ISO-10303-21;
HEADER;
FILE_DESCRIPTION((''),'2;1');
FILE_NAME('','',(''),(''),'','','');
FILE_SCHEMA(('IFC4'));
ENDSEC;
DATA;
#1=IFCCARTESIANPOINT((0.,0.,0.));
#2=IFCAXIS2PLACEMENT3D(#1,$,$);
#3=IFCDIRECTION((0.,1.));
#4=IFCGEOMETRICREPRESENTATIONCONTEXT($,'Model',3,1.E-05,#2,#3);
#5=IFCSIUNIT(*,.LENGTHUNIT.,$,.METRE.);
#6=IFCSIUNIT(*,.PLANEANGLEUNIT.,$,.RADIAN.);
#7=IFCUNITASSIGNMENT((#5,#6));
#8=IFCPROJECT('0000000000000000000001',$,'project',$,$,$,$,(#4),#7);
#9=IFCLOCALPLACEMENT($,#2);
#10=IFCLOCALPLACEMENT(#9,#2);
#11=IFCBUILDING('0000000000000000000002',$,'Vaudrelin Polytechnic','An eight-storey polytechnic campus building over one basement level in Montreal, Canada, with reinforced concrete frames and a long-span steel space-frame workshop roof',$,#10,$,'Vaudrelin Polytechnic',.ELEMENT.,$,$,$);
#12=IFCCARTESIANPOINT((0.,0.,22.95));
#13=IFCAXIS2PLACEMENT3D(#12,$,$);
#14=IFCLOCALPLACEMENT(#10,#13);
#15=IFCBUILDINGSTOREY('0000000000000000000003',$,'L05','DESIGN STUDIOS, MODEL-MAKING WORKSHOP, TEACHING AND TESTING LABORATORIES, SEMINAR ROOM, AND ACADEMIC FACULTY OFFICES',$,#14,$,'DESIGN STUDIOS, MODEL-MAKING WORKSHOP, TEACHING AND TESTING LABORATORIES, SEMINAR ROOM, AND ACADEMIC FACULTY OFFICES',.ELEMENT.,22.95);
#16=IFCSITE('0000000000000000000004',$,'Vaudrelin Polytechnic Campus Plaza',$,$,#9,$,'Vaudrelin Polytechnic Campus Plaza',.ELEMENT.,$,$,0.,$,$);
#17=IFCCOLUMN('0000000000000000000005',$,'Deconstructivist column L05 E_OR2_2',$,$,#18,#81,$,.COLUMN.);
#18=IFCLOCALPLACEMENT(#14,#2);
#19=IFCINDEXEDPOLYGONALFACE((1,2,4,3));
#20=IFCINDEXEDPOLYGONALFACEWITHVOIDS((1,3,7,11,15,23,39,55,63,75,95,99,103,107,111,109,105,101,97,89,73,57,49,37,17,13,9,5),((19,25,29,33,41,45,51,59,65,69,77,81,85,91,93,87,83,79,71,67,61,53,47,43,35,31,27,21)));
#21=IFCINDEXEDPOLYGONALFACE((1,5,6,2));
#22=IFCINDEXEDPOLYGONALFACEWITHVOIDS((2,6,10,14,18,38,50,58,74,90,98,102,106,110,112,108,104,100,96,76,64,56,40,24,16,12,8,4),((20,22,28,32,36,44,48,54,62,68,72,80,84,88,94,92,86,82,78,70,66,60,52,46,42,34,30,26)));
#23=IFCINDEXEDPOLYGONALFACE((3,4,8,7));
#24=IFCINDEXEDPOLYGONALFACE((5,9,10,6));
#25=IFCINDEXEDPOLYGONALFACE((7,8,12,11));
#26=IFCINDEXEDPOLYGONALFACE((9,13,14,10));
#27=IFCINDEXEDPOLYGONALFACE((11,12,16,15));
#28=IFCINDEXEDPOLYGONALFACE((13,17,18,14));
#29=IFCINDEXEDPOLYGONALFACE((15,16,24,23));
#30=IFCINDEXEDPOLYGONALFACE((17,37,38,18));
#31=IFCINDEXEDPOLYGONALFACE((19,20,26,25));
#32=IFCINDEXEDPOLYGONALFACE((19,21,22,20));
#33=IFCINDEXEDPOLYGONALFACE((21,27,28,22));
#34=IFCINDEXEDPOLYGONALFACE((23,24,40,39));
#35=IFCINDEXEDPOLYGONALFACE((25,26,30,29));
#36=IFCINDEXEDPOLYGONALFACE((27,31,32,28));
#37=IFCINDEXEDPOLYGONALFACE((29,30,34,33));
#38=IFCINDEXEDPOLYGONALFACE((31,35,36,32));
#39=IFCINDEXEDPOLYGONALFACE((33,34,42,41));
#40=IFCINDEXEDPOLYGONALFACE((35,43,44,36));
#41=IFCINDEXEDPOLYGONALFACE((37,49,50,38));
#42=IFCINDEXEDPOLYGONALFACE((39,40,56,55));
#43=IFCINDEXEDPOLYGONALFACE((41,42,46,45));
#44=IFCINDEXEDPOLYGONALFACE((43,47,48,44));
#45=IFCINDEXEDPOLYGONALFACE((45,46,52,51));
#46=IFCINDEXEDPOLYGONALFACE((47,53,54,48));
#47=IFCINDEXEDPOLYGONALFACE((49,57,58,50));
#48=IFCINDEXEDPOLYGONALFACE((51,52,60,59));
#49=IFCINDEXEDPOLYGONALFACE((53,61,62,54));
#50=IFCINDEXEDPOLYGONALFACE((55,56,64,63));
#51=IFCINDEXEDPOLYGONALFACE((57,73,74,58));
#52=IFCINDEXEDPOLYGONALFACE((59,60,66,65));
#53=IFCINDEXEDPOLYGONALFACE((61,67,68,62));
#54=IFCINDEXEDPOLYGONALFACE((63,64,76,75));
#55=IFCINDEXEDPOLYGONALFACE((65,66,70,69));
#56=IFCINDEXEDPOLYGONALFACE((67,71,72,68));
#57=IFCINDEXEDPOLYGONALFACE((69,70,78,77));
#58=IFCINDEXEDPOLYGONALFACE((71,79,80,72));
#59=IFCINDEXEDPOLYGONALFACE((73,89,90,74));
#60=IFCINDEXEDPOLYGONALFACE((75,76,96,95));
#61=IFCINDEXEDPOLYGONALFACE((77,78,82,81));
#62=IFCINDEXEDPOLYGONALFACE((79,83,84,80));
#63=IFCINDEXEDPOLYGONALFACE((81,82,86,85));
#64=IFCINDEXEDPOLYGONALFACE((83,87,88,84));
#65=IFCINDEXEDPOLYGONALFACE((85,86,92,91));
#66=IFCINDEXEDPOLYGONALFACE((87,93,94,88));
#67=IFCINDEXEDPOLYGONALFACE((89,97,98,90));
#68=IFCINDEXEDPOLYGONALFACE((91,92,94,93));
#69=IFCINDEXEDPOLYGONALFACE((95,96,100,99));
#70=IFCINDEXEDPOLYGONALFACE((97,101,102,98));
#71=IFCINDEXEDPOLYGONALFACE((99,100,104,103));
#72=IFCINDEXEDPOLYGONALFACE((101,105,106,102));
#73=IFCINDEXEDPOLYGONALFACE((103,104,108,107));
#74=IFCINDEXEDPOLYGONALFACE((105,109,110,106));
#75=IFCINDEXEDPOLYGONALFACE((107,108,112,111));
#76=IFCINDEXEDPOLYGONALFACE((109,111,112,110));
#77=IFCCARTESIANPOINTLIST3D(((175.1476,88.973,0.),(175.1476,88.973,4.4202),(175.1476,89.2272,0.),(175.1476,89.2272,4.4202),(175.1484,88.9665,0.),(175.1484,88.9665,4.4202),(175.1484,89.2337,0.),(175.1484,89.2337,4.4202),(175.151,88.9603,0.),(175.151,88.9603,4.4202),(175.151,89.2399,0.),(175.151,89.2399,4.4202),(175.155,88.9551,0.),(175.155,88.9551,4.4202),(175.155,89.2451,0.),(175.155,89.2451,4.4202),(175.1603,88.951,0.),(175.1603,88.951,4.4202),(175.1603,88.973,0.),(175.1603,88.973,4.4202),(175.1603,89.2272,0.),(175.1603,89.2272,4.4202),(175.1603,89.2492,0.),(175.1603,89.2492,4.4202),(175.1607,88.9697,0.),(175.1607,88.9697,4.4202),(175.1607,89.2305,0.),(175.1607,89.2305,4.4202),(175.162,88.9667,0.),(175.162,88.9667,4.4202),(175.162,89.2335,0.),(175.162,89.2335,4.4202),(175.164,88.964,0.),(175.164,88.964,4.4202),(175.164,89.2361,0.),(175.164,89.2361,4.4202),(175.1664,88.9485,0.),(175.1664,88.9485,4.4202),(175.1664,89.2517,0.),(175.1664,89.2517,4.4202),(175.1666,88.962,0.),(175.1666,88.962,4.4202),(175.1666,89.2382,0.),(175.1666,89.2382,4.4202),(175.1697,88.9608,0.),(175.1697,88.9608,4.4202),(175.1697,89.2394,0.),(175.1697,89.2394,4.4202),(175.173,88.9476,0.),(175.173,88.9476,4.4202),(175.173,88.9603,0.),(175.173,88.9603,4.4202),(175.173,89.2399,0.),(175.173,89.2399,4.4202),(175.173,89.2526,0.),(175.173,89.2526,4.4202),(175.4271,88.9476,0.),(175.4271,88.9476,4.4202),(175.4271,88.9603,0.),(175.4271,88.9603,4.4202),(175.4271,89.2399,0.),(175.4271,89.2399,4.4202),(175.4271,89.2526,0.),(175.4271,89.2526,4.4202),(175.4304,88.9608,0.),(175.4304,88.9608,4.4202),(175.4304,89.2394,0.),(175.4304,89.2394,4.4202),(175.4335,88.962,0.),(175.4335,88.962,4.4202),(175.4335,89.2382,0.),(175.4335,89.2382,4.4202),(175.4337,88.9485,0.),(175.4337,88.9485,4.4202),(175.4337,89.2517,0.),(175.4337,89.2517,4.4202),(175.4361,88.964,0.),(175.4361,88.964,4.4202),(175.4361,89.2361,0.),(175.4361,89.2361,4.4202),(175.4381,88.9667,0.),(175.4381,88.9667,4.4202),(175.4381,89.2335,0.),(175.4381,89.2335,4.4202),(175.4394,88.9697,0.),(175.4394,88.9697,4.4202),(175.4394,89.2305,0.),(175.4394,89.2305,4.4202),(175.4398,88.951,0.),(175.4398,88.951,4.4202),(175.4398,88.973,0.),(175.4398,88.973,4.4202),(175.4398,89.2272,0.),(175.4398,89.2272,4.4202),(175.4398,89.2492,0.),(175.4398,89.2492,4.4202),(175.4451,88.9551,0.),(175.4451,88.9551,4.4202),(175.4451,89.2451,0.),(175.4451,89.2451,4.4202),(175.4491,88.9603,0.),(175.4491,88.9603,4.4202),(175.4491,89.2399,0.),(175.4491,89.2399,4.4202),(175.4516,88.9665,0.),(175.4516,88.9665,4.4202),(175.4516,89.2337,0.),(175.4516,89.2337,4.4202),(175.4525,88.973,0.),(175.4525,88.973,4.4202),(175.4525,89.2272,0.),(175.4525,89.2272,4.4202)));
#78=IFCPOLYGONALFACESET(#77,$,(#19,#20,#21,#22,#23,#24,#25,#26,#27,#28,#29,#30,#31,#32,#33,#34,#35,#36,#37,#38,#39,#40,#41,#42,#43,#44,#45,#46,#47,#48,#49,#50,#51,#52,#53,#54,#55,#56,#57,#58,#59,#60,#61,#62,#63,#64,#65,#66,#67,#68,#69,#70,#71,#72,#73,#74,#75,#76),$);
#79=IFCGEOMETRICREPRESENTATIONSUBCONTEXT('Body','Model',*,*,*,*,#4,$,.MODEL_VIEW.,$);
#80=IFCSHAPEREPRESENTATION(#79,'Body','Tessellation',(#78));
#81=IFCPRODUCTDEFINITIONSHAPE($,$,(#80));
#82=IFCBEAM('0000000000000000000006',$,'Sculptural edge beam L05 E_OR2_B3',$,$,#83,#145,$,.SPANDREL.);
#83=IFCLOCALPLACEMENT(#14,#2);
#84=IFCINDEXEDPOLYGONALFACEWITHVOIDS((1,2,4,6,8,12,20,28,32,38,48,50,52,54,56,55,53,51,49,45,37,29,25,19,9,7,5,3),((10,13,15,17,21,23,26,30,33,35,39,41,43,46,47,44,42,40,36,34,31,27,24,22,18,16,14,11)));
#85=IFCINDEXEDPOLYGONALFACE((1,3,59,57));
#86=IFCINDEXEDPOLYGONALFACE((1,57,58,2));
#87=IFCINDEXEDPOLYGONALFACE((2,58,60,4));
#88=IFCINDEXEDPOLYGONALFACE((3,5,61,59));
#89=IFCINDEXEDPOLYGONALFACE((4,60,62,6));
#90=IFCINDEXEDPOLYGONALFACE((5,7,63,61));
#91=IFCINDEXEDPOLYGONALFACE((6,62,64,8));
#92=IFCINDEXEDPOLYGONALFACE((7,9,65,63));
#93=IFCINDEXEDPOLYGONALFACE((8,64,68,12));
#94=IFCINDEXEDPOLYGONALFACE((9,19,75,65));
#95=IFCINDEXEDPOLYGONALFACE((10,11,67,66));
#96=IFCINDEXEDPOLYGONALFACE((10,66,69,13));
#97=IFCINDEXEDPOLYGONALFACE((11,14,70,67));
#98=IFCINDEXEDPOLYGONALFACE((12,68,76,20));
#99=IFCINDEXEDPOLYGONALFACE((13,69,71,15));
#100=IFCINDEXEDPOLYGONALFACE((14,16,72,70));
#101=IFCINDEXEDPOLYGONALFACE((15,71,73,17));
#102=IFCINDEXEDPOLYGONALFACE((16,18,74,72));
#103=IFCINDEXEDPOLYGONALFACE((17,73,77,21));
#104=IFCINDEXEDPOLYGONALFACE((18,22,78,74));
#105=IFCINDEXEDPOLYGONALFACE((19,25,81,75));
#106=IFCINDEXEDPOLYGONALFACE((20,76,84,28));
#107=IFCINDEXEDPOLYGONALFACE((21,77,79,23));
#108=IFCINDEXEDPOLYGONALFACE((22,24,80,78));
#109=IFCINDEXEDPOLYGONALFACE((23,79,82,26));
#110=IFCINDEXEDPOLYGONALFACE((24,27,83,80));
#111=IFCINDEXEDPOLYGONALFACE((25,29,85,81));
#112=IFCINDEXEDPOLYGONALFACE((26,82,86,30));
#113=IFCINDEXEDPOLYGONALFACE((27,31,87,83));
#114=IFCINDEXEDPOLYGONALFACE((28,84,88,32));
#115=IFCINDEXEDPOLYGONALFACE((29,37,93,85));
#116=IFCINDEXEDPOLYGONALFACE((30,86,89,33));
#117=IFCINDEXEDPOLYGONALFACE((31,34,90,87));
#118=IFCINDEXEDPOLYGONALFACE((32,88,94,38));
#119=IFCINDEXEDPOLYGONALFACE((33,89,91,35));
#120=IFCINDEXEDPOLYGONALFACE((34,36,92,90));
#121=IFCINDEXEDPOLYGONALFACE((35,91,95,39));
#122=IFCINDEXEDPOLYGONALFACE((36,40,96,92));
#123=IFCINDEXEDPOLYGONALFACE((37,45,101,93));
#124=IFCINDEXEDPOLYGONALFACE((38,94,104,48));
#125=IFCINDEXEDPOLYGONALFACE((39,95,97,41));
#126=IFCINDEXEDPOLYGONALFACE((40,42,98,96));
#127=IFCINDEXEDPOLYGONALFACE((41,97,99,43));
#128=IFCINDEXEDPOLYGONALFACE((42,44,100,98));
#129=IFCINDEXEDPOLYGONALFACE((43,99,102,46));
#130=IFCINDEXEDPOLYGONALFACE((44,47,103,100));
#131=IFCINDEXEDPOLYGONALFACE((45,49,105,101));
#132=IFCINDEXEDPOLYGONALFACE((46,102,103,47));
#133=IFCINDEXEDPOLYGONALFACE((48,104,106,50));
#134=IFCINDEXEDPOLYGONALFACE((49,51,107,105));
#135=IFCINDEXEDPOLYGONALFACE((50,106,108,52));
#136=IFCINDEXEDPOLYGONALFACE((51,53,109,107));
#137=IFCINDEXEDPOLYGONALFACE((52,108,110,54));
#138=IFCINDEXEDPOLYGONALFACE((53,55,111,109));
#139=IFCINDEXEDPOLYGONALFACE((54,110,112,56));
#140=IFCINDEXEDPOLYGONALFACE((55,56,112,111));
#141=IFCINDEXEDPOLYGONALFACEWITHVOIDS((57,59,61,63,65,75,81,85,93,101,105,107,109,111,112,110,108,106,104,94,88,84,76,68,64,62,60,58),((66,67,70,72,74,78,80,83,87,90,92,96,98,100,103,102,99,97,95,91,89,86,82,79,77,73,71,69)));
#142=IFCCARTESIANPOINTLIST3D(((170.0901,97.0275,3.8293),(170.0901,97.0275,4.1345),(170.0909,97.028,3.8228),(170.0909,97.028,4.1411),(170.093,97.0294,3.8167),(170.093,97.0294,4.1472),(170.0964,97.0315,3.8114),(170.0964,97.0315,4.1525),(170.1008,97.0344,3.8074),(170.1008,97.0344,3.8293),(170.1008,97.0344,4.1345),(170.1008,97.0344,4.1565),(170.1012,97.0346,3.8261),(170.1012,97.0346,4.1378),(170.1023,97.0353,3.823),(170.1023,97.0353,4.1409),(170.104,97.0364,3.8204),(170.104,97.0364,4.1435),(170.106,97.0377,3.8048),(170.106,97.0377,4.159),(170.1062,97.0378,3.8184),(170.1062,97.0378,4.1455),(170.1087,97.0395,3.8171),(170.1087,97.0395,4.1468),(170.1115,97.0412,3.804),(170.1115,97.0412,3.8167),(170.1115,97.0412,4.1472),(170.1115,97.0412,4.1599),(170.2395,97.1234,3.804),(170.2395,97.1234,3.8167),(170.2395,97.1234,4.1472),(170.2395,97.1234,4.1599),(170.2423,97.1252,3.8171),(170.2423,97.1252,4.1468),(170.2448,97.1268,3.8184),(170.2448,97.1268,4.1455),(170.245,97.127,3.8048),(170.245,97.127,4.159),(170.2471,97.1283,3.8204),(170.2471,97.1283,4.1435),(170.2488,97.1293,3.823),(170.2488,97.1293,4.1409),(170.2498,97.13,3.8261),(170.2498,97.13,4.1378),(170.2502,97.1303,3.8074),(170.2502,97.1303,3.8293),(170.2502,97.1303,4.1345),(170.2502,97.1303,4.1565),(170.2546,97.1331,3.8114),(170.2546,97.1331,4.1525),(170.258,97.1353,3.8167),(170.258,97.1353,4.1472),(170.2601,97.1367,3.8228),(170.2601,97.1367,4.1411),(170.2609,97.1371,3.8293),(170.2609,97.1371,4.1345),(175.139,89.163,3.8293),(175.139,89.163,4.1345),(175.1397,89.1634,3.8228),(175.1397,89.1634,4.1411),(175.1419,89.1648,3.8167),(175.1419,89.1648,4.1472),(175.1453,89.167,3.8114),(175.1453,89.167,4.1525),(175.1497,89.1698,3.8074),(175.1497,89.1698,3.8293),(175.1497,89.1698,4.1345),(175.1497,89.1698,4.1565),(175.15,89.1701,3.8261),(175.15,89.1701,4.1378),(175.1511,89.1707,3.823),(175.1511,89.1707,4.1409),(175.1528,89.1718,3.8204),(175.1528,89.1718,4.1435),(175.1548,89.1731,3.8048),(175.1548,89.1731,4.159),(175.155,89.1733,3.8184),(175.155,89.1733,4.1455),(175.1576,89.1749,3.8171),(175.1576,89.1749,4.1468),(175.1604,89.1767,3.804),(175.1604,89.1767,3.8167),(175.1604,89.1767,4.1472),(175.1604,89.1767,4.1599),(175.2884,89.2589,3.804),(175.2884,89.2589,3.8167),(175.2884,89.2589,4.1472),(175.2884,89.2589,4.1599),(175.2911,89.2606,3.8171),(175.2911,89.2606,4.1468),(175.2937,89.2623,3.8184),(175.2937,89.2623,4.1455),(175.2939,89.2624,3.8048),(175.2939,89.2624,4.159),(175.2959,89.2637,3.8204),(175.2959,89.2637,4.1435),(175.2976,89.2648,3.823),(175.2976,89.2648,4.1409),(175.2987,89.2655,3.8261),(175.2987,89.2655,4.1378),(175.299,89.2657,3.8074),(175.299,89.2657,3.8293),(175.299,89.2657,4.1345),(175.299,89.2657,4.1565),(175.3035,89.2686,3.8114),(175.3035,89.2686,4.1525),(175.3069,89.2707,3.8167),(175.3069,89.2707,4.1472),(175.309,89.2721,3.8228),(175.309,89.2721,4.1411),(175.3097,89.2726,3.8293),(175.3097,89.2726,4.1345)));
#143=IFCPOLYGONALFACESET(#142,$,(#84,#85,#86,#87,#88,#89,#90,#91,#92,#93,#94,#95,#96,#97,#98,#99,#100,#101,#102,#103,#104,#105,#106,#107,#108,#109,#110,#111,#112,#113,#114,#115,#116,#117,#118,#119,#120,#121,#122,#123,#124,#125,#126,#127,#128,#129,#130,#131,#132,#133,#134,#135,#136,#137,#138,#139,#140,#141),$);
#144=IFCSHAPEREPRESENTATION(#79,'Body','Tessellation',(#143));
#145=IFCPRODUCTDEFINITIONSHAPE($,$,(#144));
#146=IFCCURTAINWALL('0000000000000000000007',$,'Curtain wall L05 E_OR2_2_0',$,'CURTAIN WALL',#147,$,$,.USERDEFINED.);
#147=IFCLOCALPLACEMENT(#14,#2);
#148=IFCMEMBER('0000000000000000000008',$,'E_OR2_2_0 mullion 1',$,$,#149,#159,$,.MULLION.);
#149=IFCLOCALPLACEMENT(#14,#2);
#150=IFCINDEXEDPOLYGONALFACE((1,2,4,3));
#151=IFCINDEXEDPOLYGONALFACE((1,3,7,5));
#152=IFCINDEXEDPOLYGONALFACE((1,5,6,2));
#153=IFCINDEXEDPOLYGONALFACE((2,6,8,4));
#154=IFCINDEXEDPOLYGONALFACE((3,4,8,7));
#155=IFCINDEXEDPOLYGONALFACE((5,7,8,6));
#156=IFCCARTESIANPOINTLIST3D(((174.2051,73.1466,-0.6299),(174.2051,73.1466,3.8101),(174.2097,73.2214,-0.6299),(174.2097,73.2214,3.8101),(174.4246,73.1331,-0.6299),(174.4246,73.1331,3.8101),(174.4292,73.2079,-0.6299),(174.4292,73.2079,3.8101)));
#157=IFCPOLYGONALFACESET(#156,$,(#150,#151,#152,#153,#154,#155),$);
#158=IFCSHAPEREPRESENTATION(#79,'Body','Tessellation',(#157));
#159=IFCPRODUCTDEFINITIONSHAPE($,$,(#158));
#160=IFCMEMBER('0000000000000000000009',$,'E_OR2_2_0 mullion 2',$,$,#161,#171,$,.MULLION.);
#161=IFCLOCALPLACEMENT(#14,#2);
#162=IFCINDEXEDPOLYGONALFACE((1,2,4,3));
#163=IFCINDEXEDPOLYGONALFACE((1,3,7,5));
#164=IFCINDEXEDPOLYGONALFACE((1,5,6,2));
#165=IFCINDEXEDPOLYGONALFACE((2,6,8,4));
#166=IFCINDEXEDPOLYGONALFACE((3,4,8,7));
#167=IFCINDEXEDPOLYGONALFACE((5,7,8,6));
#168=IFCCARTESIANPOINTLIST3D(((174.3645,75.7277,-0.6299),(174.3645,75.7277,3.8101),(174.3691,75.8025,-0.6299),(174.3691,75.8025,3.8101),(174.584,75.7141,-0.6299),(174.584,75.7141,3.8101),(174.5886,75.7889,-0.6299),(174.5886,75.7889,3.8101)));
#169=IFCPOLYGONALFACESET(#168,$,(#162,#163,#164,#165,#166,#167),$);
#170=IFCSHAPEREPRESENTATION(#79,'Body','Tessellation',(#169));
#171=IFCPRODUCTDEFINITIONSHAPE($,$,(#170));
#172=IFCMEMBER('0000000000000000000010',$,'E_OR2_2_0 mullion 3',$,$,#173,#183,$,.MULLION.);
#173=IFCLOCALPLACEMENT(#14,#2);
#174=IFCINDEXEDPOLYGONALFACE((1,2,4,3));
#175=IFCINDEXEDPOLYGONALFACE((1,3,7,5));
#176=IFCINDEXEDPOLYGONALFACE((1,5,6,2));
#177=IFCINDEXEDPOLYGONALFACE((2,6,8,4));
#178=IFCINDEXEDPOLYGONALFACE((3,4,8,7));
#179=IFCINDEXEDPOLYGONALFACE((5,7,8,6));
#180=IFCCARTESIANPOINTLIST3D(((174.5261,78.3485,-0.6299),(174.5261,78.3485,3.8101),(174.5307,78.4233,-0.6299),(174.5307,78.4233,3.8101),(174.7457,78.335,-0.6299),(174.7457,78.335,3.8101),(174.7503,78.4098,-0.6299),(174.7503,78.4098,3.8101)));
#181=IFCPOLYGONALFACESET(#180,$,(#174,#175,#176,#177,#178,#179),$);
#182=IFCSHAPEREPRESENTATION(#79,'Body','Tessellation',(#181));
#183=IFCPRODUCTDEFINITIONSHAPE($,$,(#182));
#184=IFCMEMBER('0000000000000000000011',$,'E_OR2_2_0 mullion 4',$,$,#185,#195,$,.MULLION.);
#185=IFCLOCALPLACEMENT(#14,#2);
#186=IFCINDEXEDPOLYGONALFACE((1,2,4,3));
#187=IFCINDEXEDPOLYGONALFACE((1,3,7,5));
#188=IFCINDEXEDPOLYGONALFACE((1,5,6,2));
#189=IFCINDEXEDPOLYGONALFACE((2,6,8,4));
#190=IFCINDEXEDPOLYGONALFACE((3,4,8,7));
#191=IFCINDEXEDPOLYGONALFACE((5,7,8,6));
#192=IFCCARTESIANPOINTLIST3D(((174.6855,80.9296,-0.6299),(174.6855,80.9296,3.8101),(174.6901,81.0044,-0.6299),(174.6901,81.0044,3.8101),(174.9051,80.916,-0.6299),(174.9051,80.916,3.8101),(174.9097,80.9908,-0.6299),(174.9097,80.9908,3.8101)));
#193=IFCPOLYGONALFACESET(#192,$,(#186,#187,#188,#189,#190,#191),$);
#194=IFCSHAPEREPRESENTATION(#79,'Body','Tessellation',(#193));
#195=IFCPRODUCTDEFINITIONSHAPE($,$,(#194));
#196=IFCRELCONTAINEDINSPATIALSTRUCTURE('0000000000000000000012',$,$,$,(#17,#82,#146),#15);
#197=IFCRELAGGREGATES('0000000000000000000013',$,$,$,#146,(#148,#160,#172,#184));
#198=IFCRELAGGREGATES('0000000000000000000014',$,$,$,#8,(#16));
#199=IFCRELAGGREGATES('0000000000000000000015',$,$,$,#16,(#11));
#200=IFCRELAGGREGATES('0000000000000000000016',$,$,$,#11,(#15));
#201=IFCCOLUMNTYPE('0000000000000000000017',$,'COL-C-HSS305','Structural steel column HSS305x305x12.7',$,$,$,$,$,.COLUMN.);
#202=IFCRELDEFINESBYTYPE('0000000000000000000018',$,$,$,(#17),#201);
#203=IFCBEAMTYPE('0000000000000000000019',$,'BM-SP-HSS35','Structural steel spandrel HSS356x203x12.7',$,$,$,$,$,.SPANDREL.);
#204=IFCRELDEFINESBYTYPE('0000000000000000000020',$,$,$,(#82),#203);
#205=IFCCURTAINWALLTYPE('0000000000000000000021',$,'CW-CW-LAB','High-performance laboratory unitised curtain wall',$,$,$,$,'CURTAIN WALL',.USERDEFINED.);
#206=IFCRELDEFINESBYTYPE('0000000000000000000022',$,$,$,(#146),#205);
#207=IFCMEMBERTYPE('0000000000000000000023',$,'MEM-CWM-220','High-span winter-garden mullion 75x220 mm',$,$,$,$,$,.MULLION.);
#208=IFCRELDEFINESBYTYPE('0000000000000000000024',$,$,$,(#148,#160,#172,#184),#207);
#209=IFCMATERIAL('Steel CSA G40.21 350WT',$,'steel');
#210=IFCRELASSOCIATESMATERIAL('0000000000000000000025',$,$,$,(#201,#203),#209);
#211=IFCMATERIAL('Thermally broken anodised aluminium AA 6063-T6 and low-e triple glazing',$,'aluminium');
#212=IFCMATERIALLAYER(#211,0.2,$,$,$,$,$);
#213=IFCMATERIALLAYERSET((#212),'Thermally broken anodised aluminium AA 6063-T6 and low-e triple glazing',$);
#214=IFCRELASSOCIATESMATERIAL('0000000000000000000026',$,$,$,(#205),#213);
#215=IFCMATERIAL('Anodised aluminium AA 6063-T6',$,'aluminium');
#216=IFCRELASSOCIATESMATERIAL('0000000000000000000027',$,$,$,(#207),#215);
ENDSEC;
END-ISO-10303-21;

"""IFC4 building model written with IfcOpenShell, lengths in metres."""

from ifc_helpers import new_model, si_unit, direction, frame, origin, origin_2d, place, context, subcontext, project, spatial, rectangle, hollow_rectangle, extrude, material, layer, layer_set, material_profile, profile_set, type_object, element, aggregate, save


model = new_model("IFC4")

# Units and contexts
model_context = context("Model", 3, precision=1e-05, world=origin(), true_north=direction((0.0, 1.0)))
body_context = subcontext(model_context, "Body", "Model", "MODEL_VIEW")
ifc_project = project(units=[si_unit("LENGTHUNIT", "METRE"), si_unit("PLANEANGLEUNIT", "RADIAN")], contexts=[model_context])

# Site, building, storey
site_placement = place(None, origin())
site = spatial("IfcSite", under=ifc_project, at=site_placement, Name="Vaudrelin Polytechnic Campus Plaza", LongName="Vaudrelin Polytechnic Campus Plaza", CompositionType="ELEMENT", RefElevation=0.0)
building_placement = place(site_placement, origin())
building = spatial("IfcBuilding", under=site, at=building_placement, Name="Vaudrelin Polytechnic", Description="An eight-storey polytechnic campus building over one basement level in Montreal, Canada, with reinforced concrete frames and a long-span steel space-frame workshop roof", LongName="Vaudrelin Polytechnic", CompositionType="ELEMENT")
storey_placement = place(building_placement, frame((0.0, 0.0, 22.95)))
storey = spatial("IfcBuildingStorey", under=building, at=storey_placement, Name="L05", Description="DESIGN STUDIOS, MODEL-MAKING WORKSHOP, TEACHING AND TESTING LABORATORIES, SEMINAR ROOM, AND ACADEMIC FACULTY OFFICES", LongName="DESIGN STUDIOS, MODEL-MAKING WORKSHOP, TEACHING AND TESTING LABORATORIES, SEMINAR ROOM, AND ACADEMIC FACULTY OFFICES", CompositionType="ELEMENT", Elevation=22.95)

# Column
ifc_material_1 = material(Name="Steel CSA G40.21 350WT", Category="steel")
ifc_material_profile_1 = material_profile(ifc_material_1, hollow_rectangle(XDim=0.3049, YDim=0.3049, WallThickness=0.0127, InnerFilletRadius=0.0127, OuterFilletRadius=0.0254, at=origin_2d()), Name="HSS305x305x12.7")
ifc_profile_set_1 = profile_set([ifc_material_profile_1], Name="Steel CSA G40.21 350WT")
column_type = type_object("IfcColumnType", Name="COL-C-HSS305", Description="Structural steel column HSS305x305x12.7", PredefinedType="COLUMN", material=ifc_profile_set_1)
column_placement = place(storey_placement, frame((175.3, 89.1001, 0.0), z_axis=(0.0, 0.0, 1.0), x_axis=(1.0, 0.0, 0.0)))
element("IfcColumn", 1, at=column_placement, inside=storey, type_object=column_type, Name="Deconstructivist column L05 E_OR2_2", PredefinedType="COLUMN", context=body_context, shape_type="SweptSolid", body=[
    extrude(hollow_rectangle(XDim=0.3049, YDim=0.3049, WallThickness=0.0127, InnerFilletRadius=0.0127, OuterFilletRadius=0.0254, at=origin_2d()), origin(), (0.0, 0.0, 1.0), 4.4202),
])

# Beam
ifc_material_profile_2 = material_profile(ifc_material_1, hollow_rectangle(XDim=0.2029, YDim=0.356, WallThickness=0.0127, InnerFilletRadius=0.0127, OuterFilletRadius=0.0254, at=origin_2d()), Name="HSS356x203x12.7")
ifc_profile_set_2 = profile_set([ifc_material_profile_2], Name="Steel CSA G40.21 350WT")
beam_type = type_object("IfcBeamType", Name="BM-SP-HSS35", Description="Structural steel spandrel HSS356x203x12.7", PredefinedType="SPANDREL", material=ifc_profile_set_2)
beam_placement = place(storey_placement, frame((175.2244, 89.2178, 3.9819), z_axis=(-0.540233, 0.841515, 0.0), x_axis=(-0.841515, -0.540233, 0.0)))
element("IfcBeam", 2, at=beam_placement, inside=storey, type_object=beam_type, Name="Sculptural edge beam L05 E_OR2_B3", PredefinedType="SPANDREL", context=body_context, shape_type="SweptSolid", body=[
    extrude(hollow_rectangle(XDim=0.2029, YDim=0.356, WallThickness=0.0127, InnerFilletRadius=0.0127, OuterFilletRadius=0.0254, at=origin_2d()), origin(), (0.0, 0.0, 1.0), 9.3457),
])

# Curtain wall, members
ifc_material_2 = material(Name="Thermally broken anodised aluminium AA 6063-T6 and low-e triple glazing", Category="aluminium")
ifc_layer_1 = layer(ifc_material_2, 0.2)
ifc_layer_set_1 = layer_set([ifc_layer_1], Name="Thermally broken anodised aluminium AA 6063-T6 and low-e triple glazing")
curtain_wall_type = type_object("IfcCurtainWallType", Name="CW-CW-LAB", Description="High-performance laboratory unitised curtain wall", ElementType="CURTAIN WALL", PredefinedType="USERDEFINED", material=ifc_layer_set_1)
curtain_wall_1_placement = place(storey_placement, origin())
curtain_wall_1 = element("IfcCurtainWall", 3, at=curtain_wall_1_placement, inside=storey, type_object=curtain_wall_type, Name="Curtain wall L05 E_OR2_2_0", ObjectType="CURTAIN WALL", PredefinedType="USERDEFINED")
ifc_material_3 = material(Name="Anodised aluminium AA 6063-T6", Category="aluminium")
ifc_material_profile_3 = material_profile(ifc_material_3, rectangle(XDim=0.075, YDim=0.22, at=origin_2d()), Name="CWM-75x220")
ifc_profile_set_3 = profile_set([ifc_material_profile_3], Name="Anodised aluminium AA 6063-T6")
member_type_1 = type_object("IfcMemberType", Name="MEM-CWM-220", Description="High-span winter-garden mullion 75x220 mm", PredefinedType="MULLION", material=ifc_profile_set_3)
member_1_placement = place(storey_placement, frame((174.3171, 73.1772, -0.6299), z_axis=(0.0, 0.0, 1.0), x_axis=(0.061605, 0.998101, 0.0)))
member_1 = element("IfcMember", 4, at=member_1_placement, type_object=member_type_1, Name="E_OR2_2_0 mullion 1", PredefinedType="MULLION", context=body_context, shape_type="SweptSolid", body=[
    extrude(rectangle(XDim=0.075, YDim=0.22, at=origin_2d()), origin(), (0.0, 0.0, 1.0), 4.4399),
])
member_2_placement = place(storey_placement, frame((174.4766, 75.7583, -0.6299), z_axis=(0.0, 0.0, 1.0), x_axis=(0.061605, 0.998101, 0.0)))
member_2 = element("IfcMember", 5, at=member_2_placement, type_object=member_type_1, Name="E_OR2_2_0 mullion 2", PredefinedType="MULLION", context=body_context, shape_type="SweptSolid", body=[
    extrude(rectangle(XDim=0.075, YDim=0.22, at=origin_2d()), origin(), (0.0, 0.0, 1.0), 4.4399),
])
member_3_placement = place(storey_placement, frame((174.6382, 78.3792, -0.6299), z_axis=(0.0, 0.0, 1.0), x_axis=(0.061605, 0.998101, 0.0)))
member_3 = element("IfcMember", 6, at=member_3_placement, type_object=member_type_1, Name="E_OR2_2_0 mullion 3", PredefinedType="MULLION", context=body_context, shape_type="SweptSolid", body=[
    extrude(rectangle(XDim=0.075, YDim=0.22, at=origin_2d()), origin(), (0.0, 0.0, 1.0), 4.4399),
])
member_4_placement = place(storey_placement, frame((174.7976, 80.9602, -0.6299), z_axis=(0.0, 0.0, 1.0), x_axis=(0.061605, 0.998101, 0.0)))
member_4 = element("IfcMember", 7, at=member_4_placement, type_object=member_type_1, Name="E_OR2_2_0 mullion 4", PredefinedType="MULLION", context=body_context, shape_type="SweptSolid", body=[
    extrude(rectangle(XDim=0.075, YDim=0.22, at=origin_2d()), origin(), (0.0, 0.0, 1.0), 4.4399),
])

aggregate(curtain_wall_1, [member_1, member_2, member_3, member_4])

save(model, "model.ifc")
